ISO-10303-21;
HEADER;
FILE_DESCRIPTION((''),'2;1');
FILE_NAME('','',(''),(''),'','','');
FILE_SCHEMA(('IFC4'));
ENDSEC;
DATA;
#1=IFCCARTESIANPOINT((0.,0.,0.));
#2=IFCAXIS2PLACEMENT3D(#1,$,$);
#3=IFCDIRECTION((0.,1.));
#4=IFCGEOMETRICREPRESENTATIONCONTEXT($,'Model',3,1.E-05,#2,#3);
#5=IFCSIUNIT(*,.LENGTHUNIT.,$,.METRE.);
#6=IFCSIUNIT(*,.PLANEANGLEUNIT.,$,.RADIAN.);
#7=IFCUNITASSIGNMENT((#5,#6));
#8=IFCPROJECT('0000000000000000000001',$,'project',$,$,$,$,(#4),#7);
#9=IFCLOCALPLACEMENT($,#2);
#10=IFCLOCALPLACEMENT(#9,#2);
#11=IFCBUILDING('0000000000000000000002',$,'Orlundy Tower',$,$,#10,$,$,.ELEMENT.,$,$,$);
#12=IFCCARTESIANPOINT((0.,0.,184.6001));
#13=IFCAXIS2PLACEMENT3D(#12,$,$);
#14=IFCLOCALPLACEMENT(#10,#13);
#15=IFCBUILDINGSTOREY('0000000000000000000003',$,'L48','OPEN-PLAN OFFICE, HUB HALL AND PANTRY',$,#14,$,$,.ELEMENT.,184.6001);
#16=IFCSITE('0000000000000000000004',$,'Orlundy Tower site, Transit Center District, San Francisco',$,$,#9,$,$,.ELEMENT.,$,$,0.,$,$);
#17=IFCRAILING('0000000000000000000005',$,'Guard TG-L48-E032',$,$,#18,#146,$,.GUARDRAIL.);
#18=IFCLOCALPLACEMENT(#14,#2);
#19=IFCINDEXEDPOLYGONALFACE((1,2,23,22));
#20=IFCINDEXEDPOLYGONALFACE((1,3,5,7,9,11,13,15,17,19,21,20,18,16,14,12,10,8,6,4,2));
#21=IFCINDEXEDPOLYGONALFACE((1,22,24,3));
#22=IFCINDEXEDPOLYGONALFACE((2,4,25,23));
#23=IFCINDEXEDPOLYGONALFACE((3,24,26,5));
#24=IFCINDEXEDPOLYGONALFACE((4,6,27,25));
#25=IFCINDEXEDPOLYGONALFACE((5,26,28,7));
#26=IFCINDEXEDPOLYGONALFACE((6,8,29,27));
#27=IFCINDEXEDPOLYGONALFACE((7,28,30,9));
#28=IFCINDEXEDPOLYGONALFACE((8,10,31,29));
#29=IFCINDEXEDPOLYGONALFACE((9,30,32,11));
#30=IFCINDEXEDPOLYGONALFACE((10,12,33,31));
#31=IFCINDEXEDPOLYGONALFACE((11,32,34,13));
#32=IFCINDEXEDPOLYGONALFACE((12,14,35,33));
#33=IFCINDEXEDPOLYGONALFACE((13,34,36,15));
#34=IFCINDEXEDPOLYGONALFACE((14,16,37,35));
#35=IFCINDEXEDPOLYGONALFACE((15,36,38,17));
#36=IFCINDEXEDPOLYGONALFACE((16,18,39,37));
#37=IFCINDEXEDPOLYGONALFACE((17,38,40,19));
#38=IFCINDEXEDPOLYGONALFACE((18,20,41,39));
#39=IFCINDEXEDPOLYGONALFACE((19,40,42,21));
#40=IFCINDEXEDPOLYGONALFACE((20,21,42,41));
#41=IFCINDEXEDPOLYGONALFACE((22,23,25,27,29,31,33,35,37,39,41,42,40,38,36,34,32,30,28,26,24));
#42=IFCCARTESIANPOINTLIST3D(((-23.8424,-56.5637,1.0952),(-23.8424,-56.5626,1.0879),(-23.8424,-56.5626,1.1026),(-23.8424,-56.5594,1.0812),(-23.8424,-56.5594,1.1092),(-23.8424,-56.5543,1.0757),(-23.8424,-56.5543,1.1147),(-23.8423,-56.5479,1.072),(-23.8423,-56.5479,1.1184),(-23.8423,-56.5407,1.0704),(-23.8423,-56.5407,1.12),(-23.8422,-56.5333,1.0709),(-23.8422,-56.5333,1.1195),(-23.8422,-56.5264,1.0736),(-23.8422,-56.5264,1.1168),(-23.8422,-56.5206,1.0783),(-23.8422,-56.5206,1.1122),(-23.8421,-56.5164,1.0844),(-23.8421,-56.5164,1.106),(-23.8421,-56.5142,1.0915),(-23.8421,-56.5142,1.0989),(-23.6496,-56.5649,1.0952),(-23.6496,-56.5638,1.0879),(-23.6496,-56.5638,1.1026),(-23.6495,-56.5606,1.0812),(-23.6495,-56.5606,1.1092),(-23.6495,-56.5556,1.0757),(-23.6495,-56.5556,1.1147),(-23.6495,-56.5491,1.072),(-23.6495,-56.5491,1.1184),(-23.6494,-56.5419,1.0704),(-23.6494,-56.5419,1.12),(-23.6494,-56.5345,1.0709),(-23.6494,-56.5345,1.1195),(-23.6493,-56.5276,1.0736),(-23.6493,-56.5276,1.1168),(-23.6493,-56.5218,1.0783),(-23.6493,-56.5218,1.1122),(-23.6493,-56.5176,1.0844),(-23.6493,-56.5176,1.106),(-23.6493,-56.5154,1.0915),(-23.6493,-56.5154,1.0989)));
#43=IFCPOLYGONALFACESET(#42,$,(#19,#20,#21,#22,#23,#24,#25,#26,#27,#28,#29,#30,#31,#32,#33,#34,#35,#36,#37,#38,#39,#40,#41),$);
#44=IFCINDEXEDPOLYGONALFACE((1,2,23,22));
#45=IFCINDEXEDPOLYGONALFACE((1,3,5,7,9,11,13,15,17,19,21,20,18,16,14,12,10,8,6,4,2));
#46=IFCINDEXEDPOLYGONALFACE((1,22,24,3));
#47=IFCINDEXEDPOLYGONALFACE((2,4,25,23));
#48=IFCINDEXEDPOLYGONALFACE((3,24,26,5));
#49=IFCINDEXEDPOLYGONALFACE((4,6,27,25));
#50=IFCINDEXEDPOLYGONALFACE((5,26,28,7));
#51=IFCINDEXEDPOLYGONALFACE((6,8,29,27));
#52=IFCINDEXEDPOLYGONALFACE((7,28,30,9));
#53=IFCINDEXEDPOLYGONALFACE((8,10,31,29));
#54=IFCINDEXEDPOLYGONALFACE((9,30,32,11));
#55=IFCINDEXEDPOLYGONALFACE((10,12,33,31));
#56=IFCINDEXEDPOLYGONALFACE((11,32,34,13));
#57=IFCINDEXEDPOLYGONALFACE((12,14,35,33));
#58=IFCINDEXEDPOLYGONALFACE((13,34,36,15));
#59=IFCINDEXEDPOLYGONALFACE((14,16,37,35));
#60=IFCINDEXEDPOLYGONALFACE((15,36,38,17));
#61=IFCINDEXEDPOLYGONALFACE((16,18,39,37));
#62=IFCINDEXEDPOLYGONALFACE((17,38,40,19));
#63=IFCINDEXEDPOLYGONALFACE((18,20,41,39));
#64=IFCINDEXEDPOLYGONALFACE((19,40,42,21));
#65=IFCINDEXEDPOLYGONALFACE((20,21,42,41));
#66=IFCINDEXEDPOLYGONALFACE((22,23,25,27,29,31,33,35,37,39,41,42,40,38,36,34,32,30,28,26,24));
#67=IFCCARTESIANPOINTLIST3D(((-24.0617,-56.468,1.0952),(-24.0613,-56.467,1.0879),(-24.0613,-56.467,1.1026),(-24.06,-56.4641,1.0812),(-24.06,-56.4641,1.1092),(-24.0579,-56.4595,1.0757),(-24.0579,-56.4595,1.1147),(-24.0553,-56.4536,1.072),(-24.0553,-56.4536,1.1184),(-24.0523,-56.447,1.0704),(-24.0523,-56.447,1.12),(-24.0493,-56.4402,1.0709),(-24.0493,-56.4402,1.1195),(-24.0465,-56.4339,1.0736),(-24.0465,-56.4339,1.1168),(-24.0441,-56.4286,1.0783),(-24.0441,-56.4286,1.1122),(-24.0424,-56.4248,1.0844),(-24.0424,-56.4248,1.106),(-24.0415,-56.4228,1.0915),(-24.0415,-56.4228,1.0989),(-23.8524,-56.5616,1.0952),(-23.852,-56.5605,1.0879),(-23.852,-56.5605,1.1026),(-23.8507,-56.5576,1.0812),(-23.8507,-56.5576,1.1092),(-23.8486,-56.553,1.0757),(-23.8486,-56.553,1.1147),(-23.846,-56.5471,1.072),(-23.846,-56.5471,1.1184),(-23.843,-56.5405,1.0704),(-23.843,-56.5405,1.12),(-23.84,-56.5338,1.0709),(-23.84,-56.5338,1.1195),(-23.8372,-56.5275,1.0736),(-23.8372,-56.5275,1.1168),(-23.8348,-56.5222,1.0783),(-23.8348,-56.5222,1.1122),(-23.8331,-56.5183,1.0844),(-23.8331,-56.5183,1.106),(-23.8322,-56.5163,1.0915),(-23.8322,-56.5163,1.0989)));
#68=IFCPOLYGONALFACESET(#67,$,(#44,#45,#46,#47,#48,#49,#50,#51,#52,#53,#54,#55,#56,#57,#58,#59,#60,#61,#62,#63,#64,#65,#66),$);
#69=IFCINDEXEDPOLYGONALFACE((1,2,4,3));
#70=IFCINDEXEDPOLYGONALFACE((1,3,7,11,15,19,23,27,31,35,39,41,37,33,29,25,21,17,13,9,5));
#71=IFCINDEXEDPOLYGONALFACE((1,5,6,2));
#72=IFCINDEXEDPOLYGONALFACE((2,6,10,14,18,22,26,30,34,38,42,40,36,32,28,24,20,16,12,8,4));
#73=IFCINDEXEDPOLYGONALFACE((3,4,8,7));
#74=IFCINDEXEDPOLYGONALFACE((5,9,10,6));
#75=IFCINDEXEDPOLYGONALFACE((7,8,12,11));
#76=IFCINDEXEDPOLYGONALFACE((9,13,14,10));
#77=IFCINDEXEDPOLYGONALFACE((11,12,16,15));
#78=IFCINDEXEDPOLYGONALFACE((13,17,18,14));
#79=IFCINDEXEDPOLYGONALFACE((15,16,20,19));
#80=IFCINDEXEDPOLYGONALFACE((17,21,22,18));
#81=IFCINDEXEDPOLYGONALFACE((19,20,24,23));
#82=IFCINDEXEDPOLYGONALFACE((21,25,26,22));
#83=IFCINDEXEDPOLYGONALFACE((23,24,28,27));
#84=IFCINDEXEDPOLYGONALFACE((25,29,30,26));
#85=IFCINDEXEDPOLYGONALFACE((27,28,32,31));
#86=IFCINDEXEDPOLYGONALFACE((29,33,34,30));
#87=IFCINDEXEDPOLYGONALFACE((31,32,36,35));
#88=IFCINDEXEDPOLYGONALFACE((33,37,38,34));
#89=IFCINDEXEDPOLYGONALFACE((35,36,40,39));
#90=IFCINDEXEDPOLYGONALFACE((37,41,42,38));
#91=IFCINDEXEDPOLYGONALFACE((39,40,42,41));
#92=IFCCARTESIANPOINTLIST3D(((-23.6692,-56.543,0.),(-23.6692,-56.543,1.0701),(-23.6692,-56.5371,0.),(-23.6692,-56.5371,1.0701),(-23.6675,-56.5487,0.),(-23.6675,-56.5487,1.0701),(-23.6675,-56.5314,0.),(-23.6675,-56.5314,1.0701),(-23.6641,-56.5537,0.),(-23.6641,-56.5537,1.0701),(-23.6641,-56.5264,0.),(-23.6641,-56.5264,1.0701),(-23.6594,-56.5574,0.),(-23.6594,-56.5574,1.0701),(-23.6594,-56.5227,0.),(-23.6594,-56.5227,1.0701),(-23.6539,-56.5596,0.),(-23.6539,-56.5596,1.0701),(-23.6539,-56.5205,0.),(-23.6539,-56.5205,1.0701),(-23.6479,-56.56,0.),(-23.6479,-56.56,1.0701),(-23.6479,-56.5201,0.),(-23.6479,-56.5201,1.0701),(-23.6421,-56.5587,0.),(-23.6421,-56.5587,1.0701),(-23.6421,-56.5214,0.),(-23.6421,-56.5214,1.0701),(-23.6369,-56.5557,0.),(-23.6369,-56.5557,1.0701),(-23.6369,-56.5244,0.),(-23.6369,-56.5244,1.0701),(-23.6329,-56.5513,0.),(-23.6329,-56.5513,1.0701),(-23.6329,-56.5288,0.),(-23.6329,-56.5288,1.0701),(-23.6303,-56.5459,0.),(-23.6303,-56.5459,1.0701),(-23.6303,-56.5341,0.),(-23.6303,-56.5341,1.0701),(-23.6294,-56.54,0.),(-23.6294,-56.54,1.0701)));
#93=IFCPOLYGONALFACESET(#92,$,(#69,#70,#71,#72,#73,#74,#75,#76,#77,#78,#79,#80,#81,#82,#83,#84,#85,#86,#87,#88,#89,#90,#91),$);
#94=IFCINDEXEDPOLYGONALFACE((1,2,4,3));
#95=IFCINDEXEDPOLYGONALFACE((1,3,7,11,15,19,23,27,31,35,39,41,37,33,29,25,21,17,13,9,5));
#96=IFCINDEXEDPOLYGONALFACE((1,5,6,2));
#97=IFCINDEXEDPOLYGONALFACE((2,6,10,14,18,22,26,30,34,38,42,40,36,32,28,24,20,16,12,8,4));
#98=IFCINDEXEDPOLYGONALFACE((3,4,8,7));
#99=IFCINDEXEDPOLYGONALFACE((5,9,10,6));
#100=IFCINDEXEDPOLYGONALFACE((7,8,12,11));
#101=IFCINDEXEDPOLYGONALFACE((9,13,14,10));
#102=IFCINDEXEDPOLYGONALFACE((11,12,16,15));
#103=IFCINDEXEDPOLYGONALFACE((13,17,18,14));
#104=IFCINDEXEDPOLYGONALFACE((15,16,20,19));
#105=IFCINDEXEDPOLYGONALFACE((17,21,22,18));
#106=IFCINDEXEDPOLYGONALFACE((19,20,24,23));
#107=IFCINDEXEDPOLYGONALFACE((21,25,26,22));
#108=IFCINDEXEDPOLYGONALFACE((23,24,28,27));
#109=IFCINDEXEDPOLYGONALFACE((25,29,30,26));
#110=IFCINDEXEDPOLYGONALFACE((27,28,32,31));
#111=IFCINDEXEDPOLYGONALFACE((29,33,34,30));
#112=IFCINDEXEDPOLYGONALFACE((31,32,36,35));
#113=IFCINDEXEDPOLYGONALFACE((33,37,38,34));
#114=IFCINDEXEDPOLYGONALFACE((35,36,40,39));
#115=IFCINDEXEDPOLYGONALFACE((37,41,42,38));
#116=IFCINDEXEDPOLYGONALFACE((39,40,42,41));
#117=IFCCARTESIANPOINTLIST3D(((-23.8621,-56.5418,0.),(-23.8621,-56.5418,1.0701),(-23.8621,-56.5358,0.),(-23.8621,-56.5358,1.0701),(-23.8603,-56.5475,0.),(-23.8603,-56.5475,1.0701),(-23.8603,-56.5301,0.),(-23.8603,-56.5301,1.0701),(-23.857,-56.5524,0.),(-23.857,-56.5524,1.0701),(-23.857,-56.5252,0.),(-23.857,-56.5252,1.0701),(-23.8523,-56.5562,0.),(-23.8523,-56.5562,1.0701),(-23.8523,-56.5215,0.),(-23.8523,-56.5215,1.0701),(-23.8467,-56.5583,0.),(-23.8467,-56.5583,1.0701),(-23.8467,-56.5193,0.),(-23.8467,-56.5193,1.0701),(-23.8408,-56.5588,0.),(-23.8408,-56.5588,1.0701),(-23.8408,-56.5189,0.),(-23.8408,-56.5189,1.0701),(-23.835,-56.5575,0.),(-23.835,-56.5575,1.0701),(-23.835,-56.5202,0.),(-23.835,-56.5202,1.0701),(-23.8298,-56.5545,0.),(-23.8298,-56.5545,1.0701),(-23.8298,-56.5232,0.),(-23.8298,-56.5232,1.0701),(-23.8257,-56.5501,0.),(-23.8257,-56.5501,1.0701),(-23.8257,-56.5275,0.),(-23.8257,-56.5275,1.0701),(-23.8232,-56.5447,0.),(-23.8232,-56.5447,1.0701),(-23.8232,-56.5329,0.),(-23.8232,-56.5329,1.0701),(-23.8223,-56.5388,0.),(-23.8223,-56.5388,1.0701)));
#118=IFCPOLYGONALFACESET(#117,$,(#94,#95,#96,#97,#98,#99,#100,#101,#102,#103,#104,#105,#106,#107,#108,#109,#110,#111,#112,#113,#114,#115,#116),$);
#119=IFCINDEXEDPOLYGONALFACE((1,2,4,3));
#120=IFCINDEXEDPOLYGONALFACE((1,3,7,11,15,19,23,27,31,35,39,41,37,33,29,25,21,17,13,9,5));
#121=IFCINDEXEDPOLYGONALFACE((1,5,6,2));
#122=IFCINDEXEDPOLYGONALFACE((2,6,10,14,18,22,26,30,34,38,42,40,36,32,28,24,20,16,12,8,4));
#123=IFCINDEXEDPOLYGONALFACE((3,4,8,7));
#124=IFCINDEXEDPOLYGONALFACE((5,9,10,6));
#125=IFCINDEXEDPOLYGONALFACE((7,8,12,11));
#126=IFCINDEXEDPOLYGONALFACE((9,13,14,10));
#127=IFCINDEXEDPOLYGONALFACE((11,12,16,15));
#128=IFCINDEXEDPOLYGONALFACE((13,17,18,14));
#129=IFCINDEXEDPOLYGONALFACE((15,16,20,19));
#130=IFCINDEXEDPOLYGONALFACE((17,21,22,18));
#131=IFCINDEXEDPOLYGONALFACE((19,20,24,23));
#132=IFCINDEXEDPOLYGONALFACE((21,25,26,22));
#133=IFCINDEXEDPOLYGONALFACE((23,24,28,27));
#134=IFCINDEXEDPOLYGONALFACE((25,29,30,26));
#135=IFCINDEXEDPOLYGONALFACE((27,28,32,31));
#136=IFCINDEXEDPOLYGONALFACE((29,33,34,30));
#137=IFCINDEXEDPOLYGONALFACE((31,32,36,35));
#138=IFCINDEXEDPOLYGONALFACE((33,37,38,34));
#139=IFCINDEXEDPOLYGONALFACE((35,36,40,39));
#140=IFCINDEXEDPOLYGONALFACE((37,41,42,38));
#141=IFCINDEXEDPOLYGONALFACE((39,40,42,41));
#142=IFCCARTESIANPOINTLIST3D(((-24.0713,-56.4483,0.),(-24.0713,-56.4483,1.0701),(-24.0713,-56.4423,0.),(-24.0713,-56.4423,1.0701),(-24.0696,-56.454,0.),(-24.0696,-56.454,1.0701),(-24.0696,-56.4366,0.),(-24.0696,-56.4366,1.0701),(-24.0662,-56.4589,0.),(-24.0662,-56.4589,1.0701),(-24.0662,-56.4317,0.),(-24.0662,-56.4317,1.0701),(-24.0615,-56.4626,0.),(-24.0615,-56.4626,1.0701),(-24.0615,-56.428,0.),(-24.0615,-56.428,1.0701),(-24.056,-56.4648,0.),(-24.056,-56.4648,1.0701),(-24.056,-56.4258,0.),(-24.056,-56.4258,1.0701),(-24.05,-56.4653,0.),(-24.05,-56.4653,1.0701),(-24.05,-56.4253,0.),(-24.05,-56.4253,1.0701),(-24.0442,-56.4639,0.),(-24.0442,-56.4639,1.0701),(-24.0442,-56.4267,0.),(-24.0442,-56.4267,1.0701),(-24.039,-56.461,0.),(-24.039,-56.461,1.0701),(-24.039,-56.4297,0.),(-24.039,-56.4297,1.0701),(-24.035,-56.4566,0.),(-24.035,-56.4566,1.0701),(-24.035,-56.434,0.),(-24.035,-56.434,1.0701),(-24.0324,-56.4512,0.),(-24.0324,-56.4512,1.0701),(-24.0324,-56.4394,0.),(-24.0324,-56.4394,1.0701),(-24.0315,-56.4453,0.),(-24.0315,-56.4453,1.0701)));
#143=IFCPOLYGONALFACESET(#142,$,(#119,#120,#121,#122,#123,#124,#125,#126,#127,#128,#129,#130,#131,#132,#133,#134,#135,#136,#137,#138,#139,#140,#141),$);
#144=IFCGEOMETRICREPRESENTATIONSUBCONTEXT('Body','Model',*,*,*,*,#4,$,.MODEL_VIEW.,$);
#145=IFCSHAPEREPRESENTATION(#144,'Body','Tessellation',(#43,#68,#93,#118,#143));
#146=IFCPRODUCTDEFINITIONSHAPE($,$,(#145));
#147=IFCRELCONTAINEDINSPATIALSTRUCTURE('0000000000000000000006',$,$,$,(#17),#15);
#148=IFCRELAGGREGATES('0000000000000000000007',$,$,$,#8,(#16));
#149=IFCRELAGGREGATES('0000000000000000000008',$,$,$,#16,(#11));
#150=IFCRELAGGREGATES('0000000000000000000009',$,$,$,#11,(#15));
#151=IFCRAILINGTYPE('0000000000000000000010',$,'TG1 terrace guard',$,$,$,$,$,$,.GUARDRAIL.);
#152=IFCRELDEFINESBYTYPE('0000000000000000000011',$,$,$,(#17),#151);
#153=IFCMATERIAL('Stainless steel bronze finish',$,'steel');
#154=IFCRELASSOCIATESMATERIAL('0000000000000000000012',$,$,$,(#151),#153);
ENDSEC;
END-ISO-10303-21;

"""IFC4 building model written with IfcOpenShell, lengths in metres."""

from ifc_helpers import new_model, si_unit, direction, frame, origin, origin_2d, place, context, subcontext, project, spatial, circle, extrude, material, type_object, element, save


model = new_model("IFC4")

# Units and contexts
model_context = context("Model", 3, precision=1e-05, world=origin(), true_north=direction((0.0, 1.0)))
body_context = subcontext(model_context, "Body", "Model", "MODEL_VIEW")
ifc_project = project(units=[si_unit("LENGTHUNIT", "METRE"), si_unit("PLANEANGLEUNIT", "RADIAN")], contexts=[model_context])

# Site, building, storey
site_placement = place(None, origin())
site = spatial("IfcSite", under=ifc_project, at=site_placement, Name="Orlundy Tower site, Transit Center District, San Francisco", CompositionType="ELEMENT", RefElevation=0.0)
building_placement = place(site_placement, origin())
building = spatial("IfcBuilding", under=site, at=building_placement, Name="Orlundy Tower", CompositionType="ELEMENT")
storey_placement = place(building_placement, frame((0.0, 0.0, 184.6001)))
storey = spatial("IfcBuildingStorey", under=building, at=storey_placement, Name="L48", Description="OPEN-PLAN OFFICE, HUB HALL AND PANTRY", CompositionType="ELEMENT", Elevation=184.6001)

# Railing
ifc_material_1 = material(Name="Stainless steel bronze finish", Category="steel")
railing_type = type_object("IfcRailingType", Name="TG1 terrace guard", PredefinedType="GUARDRAIL", material=ifc_material_1)
railing_1_placement = place(storey_placement, frame((-23.6494, -56.54, 0.0)))
element("IfcRailing", 1, at=railing_1_placement, inside=storey, type_object=railing_type, Name="Guard TG-L48-E032", PredefinedType="GUARDRAIL", context=body_context, shape_type="SweptSolid", body=[
    extrude(circle(Radius=0.0249, at=origin_2d()), frame((0.0, 0.0, 1.0952), z_axis=(-0.99998, 0.006329, 0.0), x_axis=(-0.006329, -0.99998, 0.0)), (0.0, 0.0, 1.0), 0.1929),
    extrude(circle(Radius=0.0249, at=origin_2d()), frame((-0.1929, 0.0012, 1.0952), z_axis=(-0.912975, 0.408016, 0.0), x_axis=(-0.408016, -0.912975, 0.0)), (0.0, 0.0, 1.0), 0.2292),
    extrude(circle(Radius=0.02, at=origin_2d()), origin(), (0.0, 0.0, 1.0), 1.0701),
    extrude(circle(Radius=0.02, at=origin_2d()), frame((-0.1929, 0.0012, 0.0)), (0.0, 0.0, 1.0), 1.0701),
    extrude(circle(Radius=0.02, at=origin_2d()), frame((-0.4021, 0.0947, 0.0)), (0.0, 0.0, 1.0), 1.0701),
])

save(model, "model.ifc")
